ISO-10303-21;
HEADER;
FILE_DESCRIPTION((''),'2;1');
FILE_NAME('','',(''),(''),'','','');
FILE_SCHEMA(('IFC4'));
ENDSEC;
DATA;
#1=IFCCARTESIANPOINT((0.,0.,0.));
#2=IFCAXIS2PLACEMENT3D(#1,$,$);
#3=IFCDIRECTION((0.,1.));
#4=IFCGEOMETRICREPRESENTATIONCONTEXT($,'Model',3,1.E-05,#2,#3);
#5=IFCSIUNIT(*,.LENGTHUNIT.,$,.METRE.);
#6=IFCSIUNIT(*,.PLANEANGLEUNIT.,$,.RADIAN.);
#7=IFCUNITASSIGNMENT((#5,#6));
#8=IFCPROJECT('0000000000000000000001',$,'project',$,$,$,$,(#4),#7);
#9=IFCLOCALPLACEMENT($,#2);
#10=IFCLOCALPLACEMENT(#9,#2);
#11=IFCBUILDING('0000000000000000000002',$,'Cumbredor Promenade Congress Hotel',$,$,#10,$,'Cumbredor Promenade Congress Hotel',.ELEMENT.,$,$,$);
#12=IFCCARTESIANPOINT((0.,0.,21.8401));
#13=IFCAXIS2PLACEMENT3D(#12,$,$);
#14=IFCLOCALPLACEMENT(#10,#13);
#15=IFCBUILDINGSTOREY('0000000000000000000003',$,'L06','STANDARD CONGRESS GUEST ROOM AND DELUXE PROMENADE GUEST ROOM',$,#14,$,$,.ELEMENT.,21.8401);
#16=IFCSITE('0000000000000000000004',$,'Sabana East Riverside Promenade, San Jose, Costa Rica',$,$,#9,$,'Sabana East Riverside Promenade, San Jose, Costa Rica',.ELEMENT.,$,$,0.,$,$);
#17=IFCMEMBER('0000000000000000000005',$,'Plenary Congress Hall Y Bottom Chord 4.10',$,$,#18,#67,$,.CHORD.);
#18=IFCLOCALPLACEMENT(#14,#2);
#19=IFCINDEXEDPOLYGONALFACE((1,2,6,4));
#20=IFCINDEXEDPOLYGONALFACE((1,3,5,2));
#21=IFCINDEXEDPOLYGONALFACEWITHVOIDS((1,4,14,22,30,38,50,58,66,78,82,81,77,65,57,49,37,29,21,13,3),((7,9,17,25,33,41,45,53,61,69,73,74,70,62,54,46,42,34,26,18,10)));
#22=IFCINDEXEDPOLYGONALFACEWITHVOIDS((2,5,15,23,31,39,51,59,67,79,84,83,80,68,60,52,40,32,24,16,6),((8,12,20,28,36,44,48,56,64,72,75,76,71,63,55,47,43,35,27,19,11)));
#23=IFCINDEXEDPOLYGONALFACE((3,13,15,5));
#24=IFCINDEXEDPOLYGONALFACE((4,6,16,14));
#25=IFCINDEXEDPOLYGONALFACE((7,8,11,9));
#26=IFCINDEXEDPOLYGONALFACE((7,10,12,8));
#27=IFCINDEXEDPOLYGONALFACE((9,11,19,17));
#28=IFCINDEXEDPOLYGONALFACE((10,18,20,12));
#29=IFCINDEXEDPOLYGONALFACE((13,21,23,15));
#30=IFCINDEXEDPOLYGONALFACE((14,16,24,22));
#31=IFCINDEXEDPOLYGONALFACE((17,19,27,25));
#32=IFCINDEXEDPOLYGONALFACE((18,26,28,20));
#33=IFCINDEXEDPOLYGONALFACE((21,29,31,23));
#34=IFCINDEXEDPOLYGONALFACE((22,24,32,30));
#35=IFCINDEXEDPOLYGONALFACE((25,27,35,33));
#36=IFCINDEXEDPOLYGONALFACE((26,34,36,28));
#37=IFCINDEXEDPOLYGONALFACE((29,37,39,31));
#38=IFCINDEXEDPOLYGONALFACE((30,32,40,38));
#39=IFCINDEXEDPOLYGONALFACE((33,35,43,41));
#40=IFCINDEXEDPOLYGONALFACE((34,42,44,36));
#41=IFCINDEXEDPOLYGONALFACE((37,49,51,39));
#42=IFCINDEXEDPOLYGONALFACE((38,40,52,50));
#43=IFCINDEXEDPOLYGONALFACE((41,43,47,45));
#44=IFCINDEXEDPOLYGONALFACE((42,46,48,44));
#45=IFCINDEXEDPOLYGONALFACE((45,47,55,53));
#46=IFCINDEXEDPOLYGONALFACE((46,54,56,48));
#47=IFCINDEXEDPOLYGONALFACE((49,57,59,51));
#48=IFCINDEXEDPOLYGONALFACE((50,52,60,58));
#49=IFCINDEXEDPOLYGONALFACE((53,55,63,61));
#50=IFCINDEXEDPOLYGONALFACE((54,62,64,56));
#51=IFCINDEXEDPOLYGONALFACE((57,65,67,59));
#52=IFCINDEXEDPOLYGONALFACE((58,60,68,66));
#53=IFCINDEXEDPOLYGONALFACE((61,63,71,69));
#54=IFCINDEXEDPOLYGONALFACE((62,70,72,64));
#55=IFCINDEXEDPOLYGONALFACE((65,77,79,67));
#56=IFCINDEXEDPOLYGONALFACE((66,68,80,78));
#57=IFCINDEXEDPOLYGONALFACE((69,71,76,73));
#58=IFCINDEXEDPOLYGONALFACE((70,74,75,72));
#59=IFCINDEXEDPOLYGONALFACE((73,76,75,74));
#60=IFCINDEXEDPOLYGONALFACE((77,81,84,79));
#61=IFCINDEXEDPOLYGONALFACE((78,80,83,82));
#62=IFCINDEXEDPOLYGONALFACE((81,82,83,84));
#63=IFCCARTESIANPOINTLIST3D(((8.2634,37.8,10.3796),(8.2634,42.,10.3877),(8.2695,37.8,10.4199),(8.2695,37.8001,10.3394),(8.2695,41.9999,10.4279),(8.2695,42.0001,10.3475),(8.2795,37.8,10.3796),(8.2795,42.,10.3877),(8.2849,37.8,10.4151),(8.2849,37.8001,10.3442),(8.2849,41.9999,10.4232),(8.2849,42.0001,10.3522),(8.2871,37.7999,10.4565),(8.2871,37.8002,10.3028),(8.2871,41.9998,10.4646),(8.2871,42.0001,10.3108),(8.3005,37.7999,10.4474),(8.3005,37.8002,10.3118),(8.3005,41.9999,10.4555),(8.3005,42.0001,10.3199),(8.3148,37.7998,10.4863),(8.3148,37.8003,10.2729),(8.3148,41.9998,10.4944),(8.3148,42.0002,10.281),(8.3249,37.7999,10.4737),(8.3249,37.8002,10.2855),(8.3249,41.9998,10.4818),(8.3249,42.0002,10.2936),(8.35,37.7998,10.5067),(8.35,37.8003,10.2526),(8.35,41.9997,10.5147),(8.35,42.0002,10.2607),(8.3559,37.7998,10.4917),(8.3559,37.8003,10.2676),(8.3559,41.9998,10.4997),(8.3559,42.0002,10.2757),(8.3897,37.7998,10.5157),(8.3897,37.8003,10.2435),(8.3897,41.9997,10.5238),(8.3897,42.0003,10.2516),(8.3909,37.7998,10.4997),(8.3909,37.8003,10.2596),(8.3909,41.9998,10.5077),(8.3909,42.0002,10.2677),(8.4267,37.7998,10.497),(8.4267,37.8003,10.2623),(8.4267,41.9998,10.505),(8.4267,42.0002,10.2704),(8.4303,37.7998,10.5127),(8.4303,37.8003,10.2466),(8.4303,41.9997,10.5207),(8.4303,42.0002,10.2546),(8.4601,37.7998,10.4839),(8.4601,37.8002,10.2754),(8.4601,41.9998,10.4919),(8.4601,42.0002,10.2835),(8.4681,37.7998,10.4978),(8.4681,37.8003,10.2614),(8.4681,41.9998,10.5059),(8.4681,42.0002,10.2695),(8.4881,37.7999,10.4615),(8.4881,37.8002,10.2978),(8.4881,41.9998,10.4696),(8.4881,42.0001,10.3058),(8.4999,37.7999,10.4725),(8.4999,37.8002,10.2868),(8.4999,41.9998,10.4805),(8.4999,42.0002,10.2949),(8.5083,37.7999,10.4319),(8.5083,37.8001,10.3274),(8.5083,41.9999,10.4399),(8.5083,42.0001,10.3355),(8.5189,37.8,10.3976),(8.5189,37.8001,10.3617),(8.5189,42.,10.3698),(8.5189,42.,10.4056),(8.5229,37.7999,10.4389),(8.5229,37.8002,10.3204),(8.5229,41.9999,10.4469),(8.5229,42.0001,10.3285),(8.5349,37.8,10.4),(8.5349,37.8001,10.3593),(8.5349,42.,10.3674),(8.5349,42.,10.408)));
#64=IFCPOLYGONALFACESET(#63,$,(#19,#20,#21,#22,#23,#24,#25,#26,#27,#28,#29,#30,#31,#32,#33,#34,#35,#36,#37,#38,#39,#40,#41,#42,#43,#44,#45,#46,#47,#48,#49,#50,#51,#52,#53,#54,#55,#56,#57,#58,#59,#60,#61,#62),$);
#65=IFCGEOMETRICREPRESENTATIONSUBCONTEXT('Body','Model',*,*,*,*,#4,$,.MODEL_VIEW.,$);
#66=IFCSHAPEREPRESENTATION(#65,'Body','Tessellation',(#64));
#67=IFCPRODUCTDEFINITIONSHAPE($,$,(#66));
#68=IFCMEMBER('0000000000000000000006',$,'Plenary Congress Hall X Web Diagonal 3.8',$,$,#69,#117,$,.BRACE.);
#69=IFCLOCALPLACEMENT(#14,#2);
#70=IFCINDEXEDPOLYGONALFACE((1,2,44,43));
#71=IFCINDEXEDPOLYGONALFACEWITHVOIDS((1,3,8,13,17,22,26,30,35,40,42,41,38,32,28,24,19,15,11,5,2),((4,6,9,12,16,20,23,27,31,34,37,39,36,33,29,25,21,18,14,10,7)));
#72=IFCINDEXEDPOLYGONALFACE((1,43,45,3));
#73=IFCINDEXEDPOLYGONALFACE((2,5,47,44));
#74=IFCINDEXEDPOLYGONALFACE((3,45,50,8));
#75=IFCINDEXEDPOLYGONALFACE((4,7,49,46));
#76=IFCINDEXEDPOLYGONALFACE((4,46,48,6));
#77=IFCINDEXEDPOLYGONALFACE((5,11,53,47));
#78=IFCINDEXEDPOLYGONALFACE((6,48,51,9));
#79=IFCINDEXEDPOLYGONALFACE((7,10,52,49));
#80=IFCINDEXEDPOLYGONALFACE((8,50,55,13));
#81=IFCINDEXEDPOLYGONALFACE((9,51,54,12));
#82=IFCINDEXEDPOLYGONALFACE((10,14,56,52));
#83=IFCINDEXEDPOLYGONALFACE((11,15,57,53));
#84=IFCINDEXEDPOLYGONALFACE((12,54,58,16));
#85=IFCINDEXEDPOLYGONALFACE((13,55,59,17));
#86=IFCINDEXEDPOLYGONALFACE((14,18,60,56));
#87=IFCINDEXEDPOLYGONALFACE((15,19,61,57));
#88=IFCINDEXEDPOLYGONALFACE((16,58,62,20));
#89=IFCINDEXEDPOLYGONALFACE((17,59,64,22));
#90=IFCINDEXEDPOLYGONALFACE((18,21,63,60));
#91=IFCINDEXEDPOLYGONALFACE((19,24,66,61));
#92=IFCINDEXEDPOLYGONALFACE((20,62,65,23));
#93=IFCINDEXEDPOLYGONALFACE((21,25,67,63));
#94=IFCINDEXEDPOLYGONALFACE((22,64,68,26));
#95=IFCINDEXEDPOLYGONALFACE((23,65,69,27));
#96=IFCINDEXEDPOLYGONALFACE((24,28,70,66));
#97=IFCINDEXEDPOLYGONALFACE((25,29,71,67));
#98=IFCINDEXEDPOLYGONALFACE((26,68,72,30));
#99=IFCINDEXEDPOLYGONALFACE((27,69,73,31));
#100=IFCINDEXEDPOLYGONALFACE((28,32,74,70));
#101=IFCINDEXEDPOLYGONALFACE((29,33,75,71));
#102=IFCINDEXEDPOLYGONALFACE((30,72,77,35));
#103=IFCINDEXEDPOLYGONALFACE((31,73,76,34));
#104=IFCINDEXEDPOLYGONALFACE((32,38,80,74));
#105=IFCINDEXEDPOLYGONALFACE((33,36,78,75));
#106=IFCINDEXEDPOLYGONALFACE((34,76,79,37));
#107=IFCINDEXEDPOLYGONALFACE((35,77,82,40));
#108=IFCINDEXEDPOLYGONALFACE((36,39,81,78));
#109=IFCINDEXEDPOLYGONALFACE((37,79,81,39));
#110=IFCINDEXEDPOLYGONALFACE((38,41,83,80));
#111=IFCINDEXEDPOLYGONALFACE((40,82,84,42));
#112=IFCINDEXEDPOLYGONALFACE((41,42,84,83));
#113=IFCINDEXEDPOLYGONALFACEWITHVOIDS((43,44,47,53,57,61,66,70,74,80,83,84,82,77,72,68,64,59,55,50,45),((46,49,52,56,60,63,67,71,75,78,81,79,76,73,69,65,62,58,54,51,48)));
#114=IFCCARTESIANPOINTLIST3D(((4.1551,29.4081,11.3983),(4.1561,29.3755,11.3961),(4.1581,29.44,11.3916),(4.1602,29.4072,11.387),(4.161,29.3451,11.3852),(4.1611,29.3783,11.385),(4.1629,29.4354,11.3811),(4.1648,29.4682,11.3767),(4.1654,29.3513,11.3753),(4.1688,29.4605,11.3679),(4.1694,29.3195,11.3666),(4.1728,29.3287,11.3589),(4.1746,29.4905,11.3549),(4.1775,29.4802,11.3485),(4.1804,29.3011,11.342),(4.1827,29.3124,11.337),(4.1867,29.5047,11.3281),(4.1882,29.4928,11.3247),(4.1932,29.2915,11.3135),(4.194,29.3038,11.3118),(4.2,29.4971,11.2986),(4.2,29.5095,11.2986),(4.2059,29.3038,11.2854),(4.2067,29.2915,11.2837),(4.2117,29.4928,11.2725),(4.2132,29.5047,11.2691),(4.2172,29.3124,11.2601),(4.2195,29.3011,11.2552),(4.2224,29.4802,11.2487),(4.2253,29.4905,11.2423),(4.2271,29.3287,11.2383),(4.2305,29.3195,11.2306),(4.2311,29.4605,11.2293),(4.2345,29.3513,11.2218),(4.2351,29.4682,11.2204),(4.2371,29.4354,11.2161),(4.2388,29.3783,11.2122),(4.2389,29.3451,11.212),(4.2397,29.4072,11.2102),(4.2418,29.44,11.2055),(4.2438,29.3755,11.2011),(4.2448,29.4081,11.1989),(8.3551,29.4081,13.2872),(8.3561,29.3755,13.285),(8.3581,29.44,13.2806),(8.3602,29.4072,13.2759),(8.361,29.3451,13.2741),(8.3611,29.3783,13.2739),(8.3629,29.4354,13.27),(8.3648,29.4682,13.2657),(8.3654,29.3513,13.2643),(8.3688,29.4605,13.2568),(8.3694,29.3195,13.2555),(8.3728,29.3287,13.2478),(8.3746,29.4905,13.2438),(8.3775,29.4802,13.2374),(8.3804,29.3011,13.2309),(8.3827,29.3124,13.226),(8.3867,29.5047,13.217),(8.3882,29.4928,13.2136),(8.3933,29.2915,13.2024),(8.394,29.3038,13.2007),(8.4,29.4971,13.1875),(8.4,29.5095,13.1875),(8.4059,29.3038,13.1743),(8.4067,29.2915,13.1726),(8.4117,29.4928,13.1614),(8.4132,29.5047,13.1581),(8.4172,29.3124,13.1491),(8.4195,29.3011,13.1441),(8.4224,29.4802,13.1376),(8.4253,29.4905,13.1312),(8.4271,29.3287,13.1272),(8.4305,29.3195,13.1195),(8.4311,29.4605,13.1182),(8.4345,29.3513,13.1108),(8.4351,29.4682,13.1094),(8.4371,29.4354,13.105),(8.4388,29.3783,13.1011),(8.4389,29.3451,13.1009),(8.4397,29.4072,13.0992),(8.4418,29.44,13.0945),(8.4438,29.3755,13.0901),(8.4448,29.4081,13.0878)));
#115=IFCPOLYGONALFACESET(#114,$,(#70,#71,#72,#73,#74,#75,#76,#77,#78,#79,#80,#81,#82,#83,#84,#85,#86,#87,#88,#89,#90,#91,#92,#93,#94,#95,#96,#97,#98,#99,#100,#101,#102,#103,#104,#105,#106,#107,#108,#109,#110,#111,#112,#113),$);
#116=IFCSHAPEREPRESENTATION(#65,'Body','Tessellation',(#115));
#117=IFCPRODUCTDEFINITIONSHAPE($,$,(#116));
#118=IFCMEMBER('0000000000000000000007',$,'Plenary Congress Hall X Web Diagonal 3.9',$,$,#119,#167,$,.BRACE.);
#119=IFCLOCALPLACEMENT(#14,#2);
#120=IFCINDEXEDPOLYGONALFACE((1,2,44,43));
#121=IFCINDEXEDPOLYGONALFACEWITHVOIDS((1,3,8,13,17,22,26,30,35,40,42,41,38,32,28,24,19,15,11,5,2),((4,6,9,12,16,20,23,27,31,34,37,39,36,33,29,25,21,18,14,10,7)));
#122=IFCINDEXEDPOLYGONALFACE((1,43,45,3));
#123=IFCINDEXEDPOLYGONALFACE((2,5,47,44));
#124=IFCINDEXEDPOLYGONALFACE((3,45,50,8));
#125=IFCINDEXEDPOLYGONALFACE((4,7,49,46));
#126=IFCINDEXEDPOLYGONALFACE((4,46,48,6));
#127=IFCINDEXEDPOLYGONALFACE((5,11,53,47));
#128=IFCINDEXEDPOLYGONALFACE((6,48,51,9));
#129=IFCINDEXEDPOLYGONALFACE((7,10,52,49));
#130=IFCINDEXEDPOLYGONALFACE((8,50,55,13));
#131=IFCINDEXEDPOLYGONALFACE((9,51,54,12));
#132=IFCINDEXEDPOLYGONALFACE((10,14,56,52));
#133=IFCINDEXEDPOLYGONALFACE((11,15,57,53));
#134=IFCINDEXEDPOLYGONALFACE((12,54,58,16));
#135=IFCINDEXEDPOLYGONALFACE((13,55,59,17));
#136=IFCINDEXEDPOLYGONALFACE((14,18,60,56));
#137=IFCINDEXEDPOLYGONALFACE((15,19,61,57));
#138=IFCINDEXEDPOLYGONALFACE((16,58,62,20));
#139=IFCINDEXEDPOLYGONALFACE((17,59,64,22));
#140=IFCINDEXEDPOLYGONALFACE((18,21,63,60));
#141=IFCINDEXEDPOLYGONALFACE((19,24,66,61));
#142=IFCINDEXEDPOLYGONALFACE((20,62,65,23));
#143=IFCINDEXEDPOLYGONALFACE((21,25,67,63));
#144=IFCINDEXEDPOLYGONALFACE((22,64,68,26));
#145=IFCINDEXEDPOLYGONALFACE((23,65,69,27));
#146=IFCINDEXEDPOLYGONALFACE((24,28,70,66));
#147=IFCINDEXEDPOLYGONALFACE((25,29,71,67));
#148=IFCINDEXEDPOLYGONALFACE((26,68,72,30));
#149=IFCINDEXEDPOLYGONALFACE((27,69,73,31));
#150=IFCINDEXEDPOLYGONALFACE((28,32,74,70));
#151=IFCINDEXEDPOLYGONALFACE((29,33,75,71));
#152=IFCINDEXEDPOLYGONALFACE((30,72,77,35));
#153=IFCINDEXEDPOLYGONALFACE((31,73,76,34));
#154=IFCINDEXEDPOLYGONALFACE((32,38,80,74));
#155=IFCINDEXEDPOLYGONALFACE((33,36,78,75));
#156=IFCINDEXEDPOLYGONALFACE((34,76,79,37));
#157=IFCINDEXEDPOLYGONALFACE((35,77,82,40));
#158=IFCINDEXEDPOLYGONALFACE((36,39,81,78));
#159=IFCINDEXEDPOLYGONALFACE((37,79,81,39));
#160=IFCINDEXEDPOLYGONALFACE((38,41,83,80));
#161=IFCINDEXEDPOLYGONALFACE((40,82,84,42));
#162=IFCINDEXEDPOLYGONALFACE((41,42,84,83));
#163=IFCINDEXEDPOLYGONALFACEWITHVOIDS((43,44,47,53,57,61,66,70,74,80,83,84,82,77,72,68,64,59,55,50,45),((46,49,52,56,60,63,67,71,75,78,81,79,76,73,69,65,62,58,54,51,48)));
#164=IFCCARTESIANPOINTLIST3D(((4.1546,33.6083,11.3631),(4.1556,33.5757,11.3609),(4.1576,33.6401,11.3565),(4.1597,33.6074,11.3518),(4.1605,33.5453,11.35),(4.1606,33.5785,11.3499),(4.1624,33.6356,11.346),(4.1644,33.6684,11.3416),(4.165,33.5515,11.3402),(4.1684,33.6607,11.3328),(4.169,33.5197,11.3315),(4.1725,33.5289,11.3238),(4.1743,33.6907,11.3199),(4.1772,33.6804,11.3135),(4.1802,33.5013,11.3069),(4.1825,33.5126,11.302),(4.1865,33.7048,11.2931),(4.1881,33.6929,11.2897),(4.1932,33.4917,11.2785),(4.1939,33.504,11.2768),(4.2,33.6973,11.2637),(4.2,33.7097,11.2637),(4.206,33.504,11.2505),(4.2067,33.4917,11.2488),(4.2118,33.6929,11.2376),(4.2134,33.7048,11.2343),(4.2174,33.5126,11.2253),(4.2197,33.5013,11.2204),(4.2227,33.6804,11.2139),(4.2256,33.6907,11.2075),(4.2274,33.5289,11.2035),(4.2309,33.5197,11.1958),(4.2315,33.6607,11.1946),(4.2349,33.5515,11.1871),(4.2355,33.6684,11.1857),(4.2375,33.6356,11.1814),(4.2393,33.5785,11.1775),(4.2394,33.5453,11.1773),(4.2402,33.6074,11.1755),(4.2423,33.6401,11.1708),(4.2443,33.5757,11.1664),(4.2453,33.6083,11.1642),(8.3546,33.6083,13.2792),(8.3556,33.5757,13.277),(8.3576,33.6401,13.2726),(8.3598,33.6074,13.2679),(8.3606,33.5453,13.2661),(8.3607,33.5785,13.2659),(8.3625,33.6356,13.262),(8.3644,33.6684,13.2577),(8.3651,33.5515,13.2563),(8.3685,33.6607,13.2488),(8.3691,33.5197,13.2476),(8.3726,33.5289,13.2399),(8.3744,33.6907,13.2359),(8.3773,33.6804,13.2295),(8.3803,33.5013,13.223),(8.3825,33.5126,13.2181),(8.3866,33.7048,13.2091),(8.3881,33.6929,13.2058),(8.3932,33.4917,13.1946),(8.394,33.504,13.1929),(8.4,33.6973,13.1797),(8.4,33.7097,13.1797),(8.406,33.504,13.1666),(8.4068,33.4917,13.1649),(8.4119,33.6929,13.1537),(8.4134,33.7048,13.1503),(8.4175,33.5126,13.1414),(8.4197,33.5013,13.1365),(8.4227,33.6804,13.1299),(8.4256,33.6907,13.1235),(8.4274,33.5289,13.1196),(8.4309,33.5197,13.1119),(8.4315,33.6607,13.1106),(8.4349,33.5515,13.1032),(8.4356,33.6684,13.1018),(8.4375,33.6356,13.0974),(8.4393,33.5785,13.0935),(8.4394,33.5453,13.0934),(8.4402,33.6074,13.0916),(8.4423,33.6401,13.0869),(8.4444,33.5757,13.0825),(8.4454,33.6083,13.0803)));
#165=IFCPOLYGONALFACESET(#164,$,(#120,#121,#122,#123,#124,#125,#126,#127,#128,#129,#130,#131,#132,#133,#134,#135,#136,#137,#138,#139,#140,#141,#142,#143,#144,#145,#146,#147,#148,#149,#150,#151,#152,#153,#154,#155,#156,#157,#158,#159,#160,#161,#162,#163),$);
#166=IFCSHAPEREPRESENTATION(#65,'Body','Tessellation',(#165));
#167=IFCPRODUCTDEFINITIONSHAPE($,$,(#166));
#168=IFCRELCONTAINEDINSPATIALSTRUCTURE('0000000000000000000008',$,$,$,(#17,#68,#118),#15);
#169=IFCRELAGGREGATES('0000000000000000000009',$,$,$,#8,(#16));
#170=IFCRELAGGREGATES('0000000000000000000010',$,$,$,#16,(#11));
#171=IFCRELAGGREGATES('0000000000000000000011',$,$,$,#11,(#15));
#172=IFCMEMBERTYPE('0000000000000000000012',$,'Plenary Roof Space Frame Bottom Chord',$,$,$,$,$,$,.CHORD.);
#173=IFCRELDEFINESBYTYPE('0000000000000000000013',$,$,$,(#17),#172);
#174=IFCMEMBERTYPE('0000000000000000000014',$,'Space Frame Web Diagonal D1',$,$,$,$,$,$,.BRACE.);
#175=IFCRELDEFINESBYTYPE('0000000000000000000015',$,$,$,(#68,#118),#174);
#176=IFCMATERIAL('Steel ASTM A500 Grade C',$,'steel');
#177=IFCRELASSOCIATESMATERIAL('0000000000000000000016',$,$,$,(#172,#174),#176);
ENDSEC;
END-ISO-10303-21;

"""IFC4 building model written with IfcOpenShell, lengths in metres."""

from ifc_helpers import new_model, si_unit, direction, frame, origin, origin_2d, place, context, subcontext, project, spatial, hollow_circle, extrude, material, material_profile, profile_set, type_object, element, save


model = new_model("IFC4")

# Units and contexts
model_context = context("Model", 3, precision=1e-05, world=origin(), true_north=direction((0.0, 1.0)))
body_context = subcontext(model_context, "Body", "Model", "MODEL_VIEW")
ifc_project = project(units=[si_unit("LENGTHUNIT", "METRE"), si_unit("PLANEANGLEUNIT", "RADIAN")], contexts=[model_context])

# Site, building, storey
site_placement = place(None, origin())
site = spatial("IfcSite", under=ifc_project, at=site_placement, Name="Sabana East Riverside Promenade, San Jose, Costa Rica", LongName="Sabana East Riverside Promenade, San Jose, Costa Rica", CompositionType="ELEMENT", RefElevation=0.0)
building_placement = place(site_placement, origin())
building = spatial("IfcBuilding", under=site, at=building_placement, Name="Cumbredor Promenade Congress Hotel", LongName="Cumbredor Promenade Congress Hotel", CompositionType="ELEMENT")
storey_placement = place(building_placement, frame((0.0, 0.0, 21.8401)))
storey = spatial("IfcBuildingStorey", under=building, at=storey_placement, Name="L06", Description="STANDARD CONGRESS GUEST ROOM AND DELUXE PROMENADE GUEST ROOM", CompositionType="ELEMENT", Elevation=21.8401)

# Members
ifc_material_1 = material(Name="Steel ASTM A500 Grade C", Category="steel")
ifc_material_profile_1 = material_profile(ifc_material_1, hollow_circle(Radius=0.1365, WallThickness=0.0161, at=origin_2d()), Name="CHS 273.0x16")
ifc_profile_set_1 = profile_set([ifc_material_profile_1], Name="Steel ASTM A500 Grade C")
member_type_1 = type_object("IfcMemberType", Name="Plenary Roof Space Frame Bottom Chord", PredefinedType="CHORD", material=ifc_profile_set_1)
member_1_placement = place(storey_placement, frame((8.3999, 37.8, 10.3796), z_axis=(0.0, 0.999998, 0.001918), x_axis=(-1.0, 0.0, 0.0)))
element("IfcMember", 1, at=member_1_placement, inside=storey, type_object=member_type_1, Name="Plenary Congress Hall Y Bottom Chord 4.10", PredefinedType="CHORD", context=body_context, shape_type="SweptSolid", body=[
    extrude(hollow_circle(Radius=0.1365, WallThickness=0.0161, at=origin_2d()), origin(), (0.0, 0.0, 1.0), 4.2),
])
ifc_material_profile_2 = material_profile(ifc_material_1, hollow_circle(Radius=0.1096, WallThickness=0.0125, at=origin_2d()), Name="CHS 219.1x12.5")
ifc_profile_set_2 = profile_set([ifc_material_profile_2], Name="Steel ASTM A500 Grade C")
member_type_2 = type_object("IfcMemberType", Name="Space Frame Web Diagonal D1", PredefinedType="BRACE", material=ifc_profile_set_2)
member_2_placement = place(storey_placement, frame((4.2, 29.3999, 11.2986), z_axis=(0.912008, 0.0, 0.410173), x_axis=(0.0, 1.0, 0.0)))
element("IfcMember", 2, at=member_2_placement, inside=storey, type_object=member_type_2, Name="Plenary Congress Hall X Web Diagonal 3.8", PredefinedType="BRACE", context=body_context, shape_type="SweptSolid", body=[
    extrude(hollow_circle(Radius=0.1096, WallThickness=0.0125, at=origin_2d()), origin(), (0.0, 0.0, 1.0), 4.6052),
])
for number, where, z_axis, x_axis, name in (
    (3, (4.2, 33.6001, 11.2637), (0.909799, 0.0, 0.41505), (0.0, 1.0, 0.0), "Plenary Congress Hall X Web Diagonal 3.9"),
):
    element("IfcMember", number, at=place(storey_placement, frame(where, z_axis=z_axis, x_axis=x_axis)), inside=storey, type_object=member_type_2, Name=name, PredefinedType="BRACE", context=body_context, shape_type="SweptSolid", body=[
        extrude(hollow_circle(Radius=0.1096, WallThickness=0.0125, at=origin_2d()), origin(), (0.0, 0.0, 1.0), 4.6165),
    ])

save(model, "model.ifc")
